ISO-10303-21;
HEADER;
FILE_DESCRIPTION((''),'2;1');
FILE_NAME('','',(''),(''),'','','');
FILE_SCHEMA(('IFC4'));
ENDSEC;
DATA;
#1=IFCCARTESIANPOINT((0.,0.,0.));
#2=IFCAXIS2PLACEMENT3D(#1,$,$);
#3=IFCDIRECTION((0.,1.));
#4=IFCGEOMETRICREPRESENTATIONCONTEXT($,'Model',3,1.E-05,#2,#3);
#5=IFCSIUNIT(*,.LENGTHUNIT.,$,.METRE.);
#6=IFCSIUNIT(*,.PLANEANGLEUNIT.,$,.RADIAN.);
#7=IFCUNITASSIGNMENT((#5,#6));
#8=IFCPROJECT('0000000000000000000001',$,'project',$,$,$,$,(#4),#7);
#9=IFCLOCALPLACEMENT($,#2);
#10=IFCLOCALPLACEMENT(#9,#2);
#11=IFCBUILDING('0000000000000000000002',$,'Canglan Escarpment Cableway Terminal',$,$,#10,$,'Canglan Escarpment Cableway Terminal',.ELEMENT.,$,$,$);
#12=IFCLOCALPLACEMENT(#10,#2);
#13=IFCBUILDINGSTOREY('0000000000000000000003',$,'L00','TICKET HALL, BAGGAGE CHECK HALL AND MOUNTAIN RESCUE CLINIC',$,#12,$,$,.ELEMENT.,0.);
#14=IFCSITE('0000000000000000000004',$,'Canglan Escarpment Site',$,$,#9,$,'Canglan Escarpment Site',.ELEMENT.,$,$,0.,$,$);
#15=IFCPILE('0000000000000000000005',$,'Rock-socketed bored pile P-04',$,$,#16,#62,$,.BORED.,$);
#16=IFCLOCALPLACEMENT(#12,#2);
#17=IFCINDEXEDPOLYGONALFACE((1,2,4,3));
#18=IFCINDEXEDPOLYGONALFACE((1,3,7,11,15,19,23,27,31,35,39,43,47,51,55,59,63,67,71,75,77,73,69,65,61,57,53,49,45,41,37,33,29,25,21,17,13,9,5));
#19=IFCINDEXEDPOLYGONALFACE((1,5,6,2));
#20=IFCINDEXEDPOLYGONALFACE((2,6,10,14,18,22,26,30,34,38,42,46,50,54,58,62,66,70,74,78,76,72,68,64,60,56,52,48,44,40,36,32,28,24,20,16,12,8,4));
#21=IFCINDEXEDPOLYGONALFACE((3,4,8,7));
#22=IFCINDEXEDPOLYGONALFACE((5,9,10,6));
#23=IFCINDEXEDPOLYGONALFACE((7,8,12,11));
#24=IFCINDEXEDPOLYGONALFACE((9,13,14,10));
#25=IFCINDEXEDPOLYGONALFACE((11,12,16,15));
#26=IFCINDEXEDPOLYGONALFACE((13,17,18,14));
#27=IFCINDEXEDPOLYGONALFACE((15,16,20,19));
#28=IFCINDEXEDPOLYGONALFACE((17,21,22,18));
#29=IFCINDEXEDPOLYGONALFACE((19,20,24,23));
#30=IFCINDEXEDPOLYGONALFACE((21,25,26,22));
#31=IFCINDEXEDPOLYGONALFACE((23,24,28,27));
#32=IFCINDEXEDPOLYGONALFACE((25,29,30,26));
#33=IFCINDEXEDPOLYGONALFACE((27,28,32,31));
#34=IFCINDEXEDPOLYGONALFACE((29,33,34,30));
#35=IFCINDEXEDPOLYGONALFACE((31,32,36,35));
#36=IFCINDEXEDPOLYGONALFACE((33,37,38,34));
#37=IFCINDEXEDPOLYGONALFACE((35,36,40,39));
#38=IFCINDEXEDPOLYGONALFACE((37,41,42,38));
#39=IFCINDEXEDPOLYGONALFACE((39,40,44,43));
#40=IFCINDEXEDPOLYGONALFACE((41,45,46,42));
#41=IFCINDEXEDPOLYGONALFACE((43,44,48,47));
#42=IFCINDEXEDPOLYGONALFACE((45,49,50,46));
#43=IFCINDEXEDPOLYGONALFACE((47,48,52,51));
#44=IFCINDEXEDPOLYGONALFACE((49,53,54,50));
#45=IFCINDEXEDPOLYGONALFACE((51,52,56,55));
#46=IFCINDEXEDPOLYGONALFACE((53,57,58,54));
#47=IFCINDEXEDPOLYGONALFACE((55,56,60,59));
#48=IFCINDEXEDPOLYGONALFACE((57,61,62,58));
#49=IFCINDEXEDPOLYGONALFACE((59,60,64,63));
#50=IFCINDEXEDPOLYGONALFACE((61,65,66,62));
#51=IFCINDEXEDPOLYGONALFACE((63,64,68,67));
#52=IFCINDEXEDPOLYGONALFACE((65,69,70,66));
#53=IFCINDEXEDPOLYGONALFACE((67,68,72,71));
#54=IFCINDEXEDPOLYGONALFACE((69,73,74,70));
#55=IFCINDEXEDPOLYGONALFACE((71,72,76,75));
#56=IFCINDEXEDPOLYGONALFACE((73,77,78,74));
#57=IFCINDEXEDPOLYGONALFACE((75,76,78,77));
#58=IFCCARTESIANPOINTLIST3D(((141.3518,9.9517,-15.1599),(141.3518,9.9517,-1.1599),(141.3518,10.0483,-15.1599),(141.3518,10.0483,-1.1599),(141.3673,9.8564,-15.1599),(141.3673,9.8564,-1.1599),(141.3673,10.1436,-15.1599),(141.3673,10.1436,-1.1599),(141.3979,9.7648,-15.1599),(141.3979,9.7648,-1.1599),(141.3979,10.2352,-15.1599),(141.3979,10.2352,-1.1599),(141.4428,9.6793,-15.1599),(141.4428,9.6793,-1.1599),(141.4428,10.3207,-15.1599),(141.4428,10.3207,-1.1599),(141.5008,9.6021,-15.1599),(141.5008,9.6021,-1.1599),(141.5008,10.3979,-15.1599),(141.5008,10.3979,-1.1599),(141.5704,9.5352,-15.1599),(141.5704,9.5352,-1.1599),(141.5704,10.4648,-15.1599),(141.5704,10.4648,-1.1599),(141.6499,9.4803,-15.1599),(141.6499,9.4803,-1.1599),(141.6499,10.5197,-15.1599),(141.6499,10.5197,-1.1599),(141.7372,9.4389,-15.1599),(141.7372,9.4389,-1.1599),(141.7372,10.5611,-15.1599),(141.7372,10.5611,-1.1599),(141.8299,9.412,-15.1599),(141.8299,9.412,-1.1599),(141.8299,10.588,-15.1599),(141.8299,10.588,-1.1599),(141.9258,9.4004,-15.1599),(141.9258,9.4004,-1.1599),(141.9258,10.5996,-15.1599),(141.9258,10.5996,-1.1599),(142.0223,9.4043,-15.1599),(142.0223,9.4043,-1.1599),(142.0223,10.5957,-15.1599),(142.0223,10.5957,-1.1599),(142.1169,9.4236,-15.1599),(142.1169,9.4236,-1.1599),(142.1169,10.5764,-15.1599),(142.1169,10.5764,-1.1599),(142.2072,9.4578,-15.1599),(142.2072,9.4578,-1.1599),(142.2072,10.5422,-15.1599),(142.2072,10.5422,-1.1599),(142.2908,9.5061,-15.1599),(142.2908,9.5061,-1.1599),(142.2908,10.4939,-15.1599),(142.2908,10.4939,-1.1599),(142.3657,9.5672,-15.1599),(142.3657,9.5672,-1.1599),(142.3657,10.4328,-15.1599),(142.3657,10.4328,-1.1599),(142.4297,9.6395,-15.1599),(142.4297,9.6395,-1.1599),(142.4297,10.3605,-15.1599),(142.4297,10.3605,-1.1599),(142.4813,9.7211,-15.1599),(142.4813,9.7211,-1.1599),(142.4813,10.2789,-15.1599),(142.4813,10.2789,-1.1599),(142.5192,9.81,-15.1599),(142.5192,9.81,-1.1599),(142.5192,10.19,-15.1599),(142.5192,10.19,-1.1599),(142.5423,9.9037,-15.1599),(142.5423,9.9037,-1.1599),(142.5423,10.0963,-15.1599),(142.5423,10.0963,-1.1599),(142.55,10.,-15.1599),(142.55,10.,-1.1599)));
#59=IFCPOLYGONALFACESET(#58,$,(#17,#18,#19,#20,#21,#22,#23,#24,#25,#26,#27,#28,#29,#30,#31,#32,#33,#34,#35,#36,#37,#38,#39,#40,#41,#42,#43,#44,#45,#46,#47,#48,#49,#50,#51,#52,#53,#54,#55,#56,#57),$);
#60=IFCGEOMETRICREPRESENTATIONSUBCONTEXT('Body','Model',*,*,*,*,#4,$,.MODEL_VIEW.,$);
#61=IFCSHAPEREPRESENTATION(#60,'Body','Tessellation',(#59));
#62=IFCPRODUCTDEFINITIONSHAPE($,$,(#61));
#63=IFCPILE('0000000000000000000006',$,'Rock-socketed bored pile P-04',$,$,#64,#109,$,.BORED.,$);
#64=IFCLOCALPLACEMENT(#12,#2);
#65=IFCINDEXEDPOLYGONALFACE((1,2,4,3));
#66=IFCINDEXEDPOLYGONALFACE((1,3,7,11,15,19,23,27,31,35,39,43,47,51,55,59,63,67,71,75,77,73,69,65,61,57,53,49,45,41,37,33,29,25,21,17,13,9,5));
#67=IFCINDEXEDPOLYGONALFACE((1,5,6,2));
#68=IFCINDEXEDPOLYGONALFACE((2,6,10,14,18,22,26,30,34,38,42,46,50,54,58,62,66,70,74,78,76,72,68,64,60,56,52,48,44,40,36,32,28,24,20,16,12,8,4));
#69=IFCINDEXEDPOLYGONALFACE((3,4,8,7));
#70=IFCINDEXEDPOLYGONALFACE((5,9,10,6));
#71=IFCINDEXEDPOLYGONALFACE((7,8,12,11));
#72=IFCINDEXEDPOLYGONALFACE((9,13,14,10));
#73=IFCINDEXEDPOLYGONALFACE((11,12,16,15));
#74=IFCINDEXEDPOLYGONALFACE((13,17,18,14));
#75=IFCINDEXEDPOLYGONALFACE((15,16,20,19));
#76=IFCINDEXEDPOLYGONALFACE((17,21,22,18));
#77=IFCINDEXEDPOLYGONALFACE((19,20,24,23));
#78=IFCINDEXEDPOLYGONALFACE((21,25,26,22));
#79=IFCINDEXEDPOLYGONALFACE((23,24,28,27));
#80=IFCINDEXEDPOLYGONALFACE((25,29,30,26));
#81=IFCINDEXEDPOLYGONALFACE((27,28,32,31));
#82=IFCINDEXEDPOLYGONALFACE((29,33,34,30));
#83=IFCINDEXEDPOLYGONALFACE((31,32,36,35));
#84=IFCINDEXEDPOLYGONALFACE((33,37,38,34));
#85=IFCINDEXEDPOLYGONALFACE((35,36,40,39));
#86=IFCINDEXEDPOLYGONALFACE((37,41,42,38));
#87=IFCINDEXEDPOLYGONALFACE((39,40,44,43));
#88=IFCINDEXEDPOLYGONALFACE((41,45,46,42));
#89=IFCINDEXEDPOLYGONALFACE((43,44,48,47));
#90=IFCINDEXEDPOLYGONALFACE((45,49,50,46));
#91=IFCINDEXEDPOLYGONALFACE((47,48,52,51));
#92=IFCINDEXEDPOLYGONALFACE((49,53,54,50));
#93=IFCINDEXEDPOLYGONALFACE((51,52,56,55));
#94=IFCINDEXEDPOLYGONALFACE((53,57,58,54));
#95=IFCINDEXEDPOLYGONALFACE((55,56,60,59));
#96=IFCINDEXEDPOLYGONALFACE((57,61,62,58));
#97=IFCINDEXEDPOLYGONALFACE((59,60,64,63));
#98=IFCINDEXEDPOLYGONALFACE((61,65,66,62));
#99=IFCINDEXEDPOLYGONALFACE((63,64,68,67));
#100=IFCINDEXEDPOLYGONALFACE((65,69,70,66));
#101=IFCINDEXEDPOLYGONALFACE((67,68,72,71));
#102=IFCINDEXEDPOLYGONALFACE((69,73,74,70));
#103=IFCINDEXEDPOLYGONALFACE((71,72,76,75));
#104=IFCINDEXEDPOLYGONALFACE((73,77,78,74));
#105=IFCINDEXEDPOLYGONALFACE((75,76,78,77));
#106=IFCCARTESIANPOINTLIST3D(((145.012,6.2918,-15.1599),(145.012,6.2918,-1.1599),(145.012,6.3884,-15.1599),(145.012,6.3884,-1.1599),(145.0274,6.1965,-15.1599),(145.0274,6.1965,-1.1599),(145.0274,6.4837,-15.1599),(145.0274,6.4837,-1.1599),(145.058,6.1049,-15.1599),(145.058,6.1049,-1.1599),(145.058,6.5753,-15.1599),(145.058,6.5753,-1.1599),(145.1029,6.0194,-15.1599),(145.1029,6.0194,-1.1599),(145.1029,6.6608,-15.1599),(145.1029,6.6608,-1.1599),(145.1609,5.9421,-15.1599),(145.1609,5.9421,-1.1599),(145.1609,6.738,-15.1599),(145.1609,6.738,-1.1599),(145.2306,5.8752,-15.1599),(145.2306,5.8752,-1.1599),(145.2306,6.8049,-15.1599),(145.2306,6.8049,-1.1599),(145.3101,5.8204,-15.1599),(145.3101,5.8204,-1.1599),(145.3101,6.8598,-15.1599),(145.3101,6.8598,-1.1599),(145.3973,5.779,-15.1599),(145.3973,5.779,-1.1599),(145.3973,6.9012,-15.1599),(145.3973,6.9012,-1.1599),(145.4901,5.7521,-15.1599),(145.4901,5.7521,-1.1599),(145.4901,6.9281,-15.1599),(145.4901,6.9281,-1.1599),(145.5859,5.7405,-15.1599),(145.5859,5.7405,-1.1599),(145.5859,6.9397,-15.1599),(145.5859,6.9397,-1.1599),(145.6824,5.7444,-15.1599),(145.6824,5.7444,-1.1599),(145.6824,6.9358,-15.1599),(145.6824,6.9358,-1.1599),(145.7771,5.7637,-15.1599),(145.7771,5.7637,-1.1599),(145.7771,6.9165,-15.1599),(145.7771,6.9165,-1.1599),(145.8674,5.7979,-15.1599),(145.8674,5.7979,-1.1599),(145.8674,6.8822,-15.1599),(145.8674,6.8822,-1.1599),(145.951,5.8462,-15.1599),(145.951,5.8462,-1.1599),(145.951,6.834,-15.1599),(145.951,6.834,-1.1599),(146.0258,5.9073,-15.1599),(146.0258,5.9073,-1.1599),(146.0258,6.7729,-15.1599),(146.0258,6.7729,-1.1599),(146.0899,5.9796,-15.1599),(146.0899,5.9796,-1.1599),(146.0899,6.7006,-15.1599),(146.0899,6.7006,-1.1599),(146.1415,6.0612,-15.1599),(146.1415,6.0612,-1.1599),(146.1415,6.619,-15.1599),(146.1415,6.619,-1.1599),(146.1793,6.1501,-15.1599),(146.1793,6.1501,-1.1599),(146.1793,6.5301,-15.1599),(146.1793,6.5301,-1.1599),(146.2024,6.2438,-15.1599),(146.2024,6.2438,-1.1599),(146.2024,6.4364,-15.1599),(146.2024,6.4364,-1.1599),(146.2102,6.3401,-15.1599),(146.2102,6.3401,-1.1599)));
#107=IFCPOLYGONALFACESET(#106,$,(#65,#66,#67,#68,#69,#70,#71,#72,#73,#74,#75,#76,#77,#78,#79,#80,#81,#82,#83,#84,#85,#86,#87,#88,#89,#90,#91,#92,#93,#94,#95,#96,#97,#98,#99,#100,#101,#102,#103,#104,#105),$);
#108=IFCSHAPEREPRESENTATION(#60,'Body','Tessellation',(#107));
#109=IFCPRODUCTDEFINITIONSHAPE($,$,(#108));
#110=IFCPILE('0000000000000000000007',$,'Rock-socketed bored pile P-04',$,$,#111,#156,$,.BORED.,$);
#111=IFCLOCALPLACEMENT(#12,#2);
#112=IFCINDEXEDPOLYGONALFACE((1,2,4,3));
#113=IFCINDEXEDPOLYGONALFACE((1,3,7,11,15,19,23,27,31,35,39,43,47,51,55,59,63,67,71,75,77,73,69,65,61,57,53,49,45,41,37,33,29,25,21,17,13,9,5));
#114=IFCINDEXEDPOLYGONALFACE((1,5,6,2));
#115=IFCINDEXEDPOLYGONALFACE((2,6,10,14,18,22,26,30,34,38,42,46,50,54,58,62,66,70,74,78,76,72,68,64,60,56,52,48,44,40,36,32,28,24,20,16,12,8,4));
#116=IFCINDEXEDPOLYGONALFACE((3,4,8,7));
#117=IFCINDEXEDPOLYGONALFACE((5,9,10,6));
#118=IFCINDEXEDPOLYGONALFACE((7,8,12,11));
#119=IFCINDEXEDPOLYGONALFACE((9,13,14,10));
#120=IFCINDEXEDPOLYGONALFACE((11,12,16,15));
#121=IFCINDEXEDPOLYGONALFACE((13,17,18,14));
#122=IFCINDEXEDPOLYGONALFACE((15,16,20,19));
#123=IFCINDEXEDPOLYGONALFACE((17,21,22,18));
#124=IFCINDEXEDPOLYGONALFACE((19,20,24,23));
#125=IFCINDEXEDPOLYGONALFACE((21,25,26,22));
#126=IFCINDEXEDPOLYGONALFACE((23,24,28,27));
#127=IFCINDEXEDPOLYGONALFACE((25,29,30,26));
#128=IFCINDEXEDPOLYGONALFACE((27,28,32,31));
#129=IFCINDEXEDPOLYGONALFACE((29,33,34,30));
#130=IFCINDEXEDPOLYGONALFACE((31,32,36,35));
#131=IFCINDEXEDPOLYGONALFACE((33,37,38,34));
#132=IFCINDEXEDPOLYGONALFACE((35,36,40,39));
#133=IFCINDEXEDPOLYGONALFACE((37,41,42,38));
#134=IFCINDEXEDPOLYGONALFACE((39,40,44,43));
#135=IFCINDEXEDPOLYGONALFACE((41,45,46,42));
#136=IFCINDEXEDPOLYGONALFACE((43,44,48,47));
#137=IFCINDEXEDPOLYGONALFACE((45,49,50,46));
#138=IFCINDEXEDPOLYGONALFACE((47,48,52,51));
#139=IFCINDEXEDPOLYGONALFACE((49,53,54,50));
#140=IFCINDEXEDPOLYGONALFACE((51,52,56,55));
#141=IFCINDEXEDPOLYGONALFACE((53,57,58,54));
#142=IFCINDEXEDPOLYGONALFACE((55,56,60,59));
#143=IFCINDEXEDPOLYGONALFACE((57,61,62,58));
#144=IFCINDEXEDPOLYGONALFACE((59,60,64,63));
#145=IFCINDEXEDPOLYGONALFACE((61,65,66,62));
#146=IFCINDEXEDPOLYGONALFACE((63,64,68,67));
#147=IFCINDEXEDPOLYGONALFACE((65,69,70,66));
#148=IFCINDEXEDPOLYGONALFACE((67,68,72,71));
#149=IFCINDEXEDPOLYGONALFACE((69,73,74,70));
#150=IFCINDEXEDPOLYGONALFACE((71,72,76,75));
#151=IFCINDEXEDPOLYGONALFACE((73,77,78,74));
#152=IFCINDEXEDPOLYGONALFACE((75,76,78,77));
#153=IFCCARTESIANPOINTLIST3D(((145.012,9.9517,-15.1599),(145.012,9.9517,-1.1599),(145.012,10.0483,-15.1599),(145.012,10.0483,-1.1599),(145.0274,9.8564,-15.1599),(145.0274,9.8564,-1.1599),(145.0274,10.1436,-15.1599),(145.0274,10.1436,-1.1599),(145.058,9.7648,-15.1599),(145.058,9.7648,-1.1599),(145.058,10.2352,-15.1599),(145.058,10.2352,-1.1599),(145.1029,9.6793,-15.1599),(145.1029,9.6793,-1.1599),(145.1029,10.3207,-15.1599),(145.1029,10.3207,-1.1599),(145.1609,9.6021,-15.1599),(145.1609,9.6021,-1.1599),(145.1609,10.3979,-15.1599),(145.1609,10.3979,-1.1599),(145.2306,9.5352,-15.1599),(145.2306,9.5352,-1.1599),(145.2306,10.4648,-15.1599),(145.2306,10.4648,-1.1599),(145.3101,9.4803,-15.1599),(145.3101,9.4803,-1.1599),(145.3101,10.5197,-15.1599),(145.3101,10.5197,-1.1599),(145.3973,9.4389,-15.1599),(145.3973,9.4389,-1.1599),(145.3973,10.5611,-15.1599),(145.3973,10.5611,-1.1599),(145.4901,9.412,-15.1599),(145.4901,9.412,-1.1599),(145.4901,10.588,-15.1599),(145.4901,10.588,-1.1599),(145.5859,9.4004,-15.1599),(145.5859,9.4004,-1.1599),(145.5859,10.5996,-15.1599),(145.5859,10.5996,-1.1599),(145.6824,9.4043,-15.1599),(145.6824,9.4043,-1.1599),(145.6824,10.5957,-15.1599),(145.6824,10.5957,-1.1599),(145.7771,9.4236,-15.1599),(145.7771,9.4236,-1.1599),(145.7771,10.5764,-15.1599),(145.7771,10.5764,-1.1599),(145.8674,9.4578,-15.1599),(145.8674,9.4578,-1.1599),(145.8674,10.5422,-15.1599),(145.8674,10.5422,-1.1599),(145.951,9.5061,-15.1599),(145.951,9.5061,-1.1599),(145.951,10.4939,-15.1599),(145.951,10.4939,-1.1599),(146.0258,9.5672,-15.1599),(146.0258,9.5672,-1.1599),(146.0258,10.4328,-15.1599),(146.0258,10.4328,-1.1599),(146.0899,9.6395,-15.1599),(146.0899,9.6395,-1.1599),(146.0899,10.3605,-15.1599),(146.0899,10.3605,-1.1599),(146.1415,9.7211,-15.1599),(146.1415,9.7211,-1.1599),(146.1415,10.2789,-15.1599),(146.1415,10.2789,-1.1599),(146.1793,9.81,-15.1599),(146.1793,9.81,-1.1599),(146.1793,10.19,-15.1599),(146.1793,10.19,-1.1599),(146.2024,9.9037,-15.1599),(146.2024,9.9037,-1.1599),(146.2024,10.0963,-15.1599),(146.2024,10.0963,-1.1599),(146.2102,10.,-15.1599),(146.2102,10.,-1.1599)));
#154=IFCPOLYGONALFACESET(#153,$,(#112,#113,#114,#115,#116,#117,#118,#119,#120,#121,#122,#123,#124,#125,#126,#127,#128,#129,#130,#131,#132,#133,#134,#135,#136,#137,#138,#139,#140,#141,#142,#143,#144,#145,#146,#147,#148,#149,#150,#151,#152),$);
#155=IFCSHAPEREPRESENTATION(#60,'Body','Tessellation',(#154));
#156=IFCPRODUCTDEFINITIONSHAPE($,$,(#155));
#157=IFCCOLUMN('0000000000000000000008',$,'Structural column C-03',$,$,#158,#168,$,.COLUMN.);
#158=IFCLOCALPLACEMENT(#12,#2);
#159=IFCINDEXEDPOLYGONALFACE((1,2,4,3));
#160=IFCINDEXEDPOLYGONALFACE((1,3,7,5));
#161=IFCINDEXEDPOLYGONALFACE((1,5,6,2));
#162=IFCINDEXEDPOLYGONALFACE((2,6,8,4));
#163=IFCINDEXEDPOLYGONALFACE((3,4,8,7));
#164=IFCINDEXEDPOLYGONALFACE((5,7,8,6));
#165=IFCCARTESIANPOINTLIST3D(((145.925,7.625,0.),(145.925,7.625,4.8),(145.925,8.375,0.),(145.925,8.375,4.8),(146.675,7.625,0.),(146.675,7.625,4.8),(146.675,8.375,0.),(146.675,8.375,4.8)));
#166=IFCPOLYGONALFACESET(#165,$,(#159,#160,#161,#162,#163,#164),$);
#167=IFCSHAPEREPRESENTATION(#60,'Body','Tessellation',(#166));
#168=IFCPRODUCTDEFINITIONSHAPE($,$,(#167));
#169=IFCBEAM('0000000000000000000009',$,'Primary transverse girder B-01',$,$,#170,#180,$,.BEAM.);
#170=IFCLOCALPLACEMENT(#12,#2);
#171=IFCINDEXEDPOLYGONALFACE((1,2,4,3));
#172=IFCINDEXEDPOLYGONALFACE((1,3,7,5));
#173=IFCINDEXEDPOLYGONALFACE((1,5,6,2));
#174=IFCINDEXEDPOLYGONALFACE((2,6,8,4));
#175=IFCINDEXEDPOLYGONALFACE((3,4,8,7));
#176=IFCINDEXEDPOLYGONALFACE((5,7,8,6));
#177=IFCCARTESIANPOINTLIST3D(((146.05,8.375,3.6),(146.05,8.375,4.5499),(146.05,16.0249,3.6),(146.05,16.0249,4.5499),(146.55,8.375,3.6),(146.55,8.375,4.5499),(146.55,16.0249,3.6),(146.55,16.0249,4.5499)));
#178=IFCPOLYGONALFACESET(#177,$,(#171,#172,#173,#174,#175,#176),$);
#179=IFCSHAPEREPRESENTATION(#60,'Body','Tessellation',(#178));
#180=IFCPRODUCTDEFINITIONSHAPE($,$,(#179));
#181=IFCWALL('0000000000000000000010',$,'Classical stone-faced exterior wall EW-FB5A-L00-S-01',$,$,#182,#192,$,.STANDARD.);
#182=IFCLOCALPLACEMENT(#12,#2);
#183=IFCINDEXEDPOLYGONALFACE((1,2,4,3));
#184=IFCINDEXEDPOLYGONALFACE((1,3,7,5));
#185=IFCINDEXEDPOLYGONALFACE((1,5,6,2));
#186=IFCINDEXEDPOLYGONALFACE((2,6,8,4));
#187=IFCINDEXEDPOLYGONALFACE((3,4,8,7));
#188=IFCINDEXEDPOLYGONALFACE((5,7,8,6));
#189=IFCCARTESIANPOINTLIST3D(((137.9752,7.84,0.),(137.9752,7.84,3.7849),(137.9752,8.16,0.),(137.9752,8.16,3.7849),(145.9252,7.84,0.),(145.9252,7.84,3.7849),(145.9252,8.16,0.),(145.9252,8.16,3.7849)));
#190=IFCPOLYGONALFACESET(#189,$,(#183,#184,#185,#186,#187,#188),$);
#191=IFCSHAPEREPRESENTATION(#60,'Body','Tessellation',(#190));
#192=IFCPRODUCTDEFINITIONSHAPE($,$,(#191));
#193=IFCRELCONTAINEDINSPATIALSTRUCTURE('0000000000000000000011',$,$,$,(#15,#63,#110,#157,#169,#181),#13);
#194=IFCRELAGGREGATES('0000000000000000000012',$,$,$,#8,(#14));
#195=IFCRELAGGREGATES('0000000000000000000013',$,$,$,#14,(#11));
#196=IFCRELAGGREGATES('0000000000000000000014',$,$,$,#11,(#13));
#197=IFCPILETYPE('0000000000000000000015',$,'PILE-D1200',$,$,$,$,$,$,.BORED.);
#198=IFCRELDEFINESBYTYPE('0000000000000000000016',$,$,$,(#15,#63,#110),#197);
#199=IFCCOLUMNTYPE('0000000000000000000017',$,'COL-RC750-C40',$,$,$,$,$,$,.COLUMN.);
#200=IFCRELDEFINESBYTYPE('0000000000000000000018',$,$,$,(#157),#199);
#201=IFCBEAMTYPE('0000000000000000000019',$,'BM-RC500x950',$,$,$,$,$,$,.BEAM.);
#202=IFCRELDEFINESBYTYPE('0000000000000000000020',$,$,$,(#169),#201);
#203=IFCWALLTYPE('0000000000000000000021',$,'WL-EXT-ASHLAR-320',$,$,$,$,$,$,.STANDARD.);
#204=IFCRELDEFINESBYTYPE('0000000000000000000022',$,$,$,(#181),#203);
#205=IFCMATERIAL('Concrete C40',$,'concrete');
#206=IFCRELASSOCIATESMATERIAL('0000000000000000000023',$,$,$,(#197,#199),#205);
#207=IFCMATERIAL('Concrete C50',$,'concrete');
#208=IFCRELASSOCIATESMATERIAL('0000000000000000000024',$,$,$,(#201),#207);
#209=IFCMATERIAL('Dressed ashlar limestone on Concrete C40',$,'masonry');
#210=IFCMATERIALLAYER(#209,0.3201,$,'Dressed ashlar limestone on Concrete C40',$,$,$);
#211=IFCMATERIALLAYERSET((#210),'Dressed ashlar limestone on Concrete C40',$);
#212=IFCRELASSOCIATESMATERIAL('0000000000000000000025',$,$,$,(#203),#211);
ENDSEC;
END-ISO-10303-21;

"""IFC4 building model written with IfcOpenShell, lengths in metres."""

from ifc_helpers import new_model, si_unit, direction, frame, frame_2d, origin, origin_2d, place, context, subcontext, project, spatial, rectangle, circle, extrude, material, layer, layer_set, material_profile, profile_set, type_object, element, save


model = new_model("IFC4")

# Units and contexts
model_context = context("Model", 3, precision=1e-05, world=origin(), true_north=direction((0.0, 1.0)))
body_context = subcontext(model_context, "Body", "Model", "MODEL_VIEW")
ifc_project = project(units=[si_unit("LENGTHUNIT", "METRE"), si_unit("PLANEANGLEUNIT", "RADIAN")], contexts=[model_context])

# Site, building, storey
site_placement = place(None, origin())
site = spatial("IfcSite", under=ifc_project, at=site_placement, Name="Canglan Escarpment Site", LongName="Canglan Escarpment Site", CompositionType="ELEMENT", RefElevation=0.0)
building_placement = place(site_placement, origin())
building = spatial("IfcBuilding", under=site, at=building_placement, Name="Canglan Escarpment Cableway Terminal", LongName="Canglan Escarpment Cableway Terminal", CompositionType="ELEMENT")
storey_placement = place(building_placement, origin())
storey = spatial("IfcBuildingStorey", under=building, at=storey_placement, Name="L00", Description="TICKET HALL, BAGGAGE CHECK HALL AND MOUNTAIN RESCUE CLINIC", CompositionType="ELEMENT", Elevation=0.0)

# Shared definitions
ifc_material_1 = material(Name="Concrete C40", Category="concrete")

# Piles
ifc_material_profile_1 = material_profile(ifc_material_1, circle(Radius=0.6001, at=origin_2d()), Name="BORED PILE D1200")
ifc_profile_set_1 = profile_set([ifc_material_profile_1], Name="Concrete C40")
pile_type = type_object("IfcPileType", Name="PILE-D1200", PredefinedType="BORED", material=ifc_profile_set_1)
for number, where, z_axis, x_axis, name in (
    (1, (141.95, 10.0, -1.1599), (0.0, 0.0, -1.0), (1.0, 0.0, 0.0), "Rock-socketed bored pile P-04"),
    (2, (145.6101, 6.3401, -1.1599), (0.0, 0.0, -1.0), (1.0, 0.0, 0.0), "Rock-socketed bored pile P-04"),
    (3, (145.6101, 10.0, -1.1599), (0.0, 0.0, -1.0), (1.0, 0.0, 0.0), "Rock-socketed bored pile P-04"),
):
    element("IfcPile", number, at=place(storey_placement, frame(where, z_axis=z_axis, x_axis=x_axis)), inside=storey, type_object=pile_type, Name=name, PredefinedType="BORED", context=body_context, shape_type="SweptSolid", body=[
        extrude(circle(Radius=0.6001, at=origin_2d()), origin(), (0.0, 0.0, 1.0), 14.0),
    ])

# Column
ifc_material_profile_2 = material_profile(ifc_material_1, rectangle(XDim=0.75, YDim=0.75, at=origin_2d()), Name="RC 750x750")
ifc_profile_set_2 = profile_set([ifc_material_profile_2], Name="Concrete C40")
column_type = type_object("IfcColumnType", Name="COL-RC750-C40", PredefinedType="COLUMN", material=ifc_profile_set_2)
column_placement = place(storey_placement, frame((146.3, 8.0, 0.0), z_axis=(0.0, 0.0, 1.0), x_axis=(1.0, 0.0, 0.0)))
element("IfcColumn", 4, at=column_placement, inside=storey, type_object=column_type, Name="Structural column C-03", PredefinedType="COLUMN", context=body_context, shape_type="SweptSolid", body=[
    extrude(rectangle(XDim=0.75, YDim=0.75, at=origin_2d()), origin(), (0.0, 0.0, 1.0), 4.8),
])

# Beam
ifc_material_2 = material(Name="Concrete C50", Category="concrete")
ifc_material_profile_3 = material_profile(ifc_material_2, rectangle(XDim=0.5, YDim=0.95, at=origin_2d()), Name="RC 500x950")
ifc_profile_set_3 = profile_set([ifc_material_profile_3], Name="Concrete C50")
beam_type = type_object("IfcBeamType", Name="BM-RC500x950", PredefinedType="BEAM", material=ifc_profile_set_3)
beam_placement = place(storey_placement, frame((146.3, 8.375, 4.075), z_axis=(0.0, 1.0, 0.0), x_axis=(-1.0, 0.0, 0.0)))
element("IfcBeam", 5, at=beam_placement, inside=storey, type_object=beam_type, Name="Primary transverse girder B-01", PredefinedType="BEAM", context=body_context, shape_type="SweptSolid", body=[
    extrude(rectangle(XDim=0.5, YDim=0.95, at=origin_2d()), origin(), (0.0, 0.0, 1.0), 7.6499),
])

# Wall
ifc_material_3 = material(Name="Dressed ashlar limestone on Concrete C40", Category="masonry")
ifc_layer_1 = layer(ifc_material_3, 0.3201, Name="Dressed ashlar limestone on Concrete C40")
ifc_layer_set_1 = layer_set([ifc_layer_1], Name="Dressed ashlar limestone on Concrete C40")
wall_type_1 = type_object("IfcWallType", Name="WL-EXT-ASHLAR-320", PredefinedType="STANDARD", material=ifc_layer_set_1)
wall_1_placement = place(storey_placement, frame((137.9751, 8.0, 0.0), z_axis=(0.0, 0.0, 1.0), x_axis=(1.0, 0.0, 0.0)))
element("IfcWall", 6, at=wall_1_placement, inside=storey, type_object=wall_type_1, Name="Classical stone-faced exterior wall EW-FB5A-L00-S-01", PredefinedType="STANDARD", context=body_context, shape_type="SweptSolid", body=[
    extrude(rectangle(XDim=7.95, YDim=0.3201, at=frame_2d((3.9751, 0.0))), origin(), (0.0, 0.0, 1.0), 3.7849),
])

save(model, "model.ifc")
